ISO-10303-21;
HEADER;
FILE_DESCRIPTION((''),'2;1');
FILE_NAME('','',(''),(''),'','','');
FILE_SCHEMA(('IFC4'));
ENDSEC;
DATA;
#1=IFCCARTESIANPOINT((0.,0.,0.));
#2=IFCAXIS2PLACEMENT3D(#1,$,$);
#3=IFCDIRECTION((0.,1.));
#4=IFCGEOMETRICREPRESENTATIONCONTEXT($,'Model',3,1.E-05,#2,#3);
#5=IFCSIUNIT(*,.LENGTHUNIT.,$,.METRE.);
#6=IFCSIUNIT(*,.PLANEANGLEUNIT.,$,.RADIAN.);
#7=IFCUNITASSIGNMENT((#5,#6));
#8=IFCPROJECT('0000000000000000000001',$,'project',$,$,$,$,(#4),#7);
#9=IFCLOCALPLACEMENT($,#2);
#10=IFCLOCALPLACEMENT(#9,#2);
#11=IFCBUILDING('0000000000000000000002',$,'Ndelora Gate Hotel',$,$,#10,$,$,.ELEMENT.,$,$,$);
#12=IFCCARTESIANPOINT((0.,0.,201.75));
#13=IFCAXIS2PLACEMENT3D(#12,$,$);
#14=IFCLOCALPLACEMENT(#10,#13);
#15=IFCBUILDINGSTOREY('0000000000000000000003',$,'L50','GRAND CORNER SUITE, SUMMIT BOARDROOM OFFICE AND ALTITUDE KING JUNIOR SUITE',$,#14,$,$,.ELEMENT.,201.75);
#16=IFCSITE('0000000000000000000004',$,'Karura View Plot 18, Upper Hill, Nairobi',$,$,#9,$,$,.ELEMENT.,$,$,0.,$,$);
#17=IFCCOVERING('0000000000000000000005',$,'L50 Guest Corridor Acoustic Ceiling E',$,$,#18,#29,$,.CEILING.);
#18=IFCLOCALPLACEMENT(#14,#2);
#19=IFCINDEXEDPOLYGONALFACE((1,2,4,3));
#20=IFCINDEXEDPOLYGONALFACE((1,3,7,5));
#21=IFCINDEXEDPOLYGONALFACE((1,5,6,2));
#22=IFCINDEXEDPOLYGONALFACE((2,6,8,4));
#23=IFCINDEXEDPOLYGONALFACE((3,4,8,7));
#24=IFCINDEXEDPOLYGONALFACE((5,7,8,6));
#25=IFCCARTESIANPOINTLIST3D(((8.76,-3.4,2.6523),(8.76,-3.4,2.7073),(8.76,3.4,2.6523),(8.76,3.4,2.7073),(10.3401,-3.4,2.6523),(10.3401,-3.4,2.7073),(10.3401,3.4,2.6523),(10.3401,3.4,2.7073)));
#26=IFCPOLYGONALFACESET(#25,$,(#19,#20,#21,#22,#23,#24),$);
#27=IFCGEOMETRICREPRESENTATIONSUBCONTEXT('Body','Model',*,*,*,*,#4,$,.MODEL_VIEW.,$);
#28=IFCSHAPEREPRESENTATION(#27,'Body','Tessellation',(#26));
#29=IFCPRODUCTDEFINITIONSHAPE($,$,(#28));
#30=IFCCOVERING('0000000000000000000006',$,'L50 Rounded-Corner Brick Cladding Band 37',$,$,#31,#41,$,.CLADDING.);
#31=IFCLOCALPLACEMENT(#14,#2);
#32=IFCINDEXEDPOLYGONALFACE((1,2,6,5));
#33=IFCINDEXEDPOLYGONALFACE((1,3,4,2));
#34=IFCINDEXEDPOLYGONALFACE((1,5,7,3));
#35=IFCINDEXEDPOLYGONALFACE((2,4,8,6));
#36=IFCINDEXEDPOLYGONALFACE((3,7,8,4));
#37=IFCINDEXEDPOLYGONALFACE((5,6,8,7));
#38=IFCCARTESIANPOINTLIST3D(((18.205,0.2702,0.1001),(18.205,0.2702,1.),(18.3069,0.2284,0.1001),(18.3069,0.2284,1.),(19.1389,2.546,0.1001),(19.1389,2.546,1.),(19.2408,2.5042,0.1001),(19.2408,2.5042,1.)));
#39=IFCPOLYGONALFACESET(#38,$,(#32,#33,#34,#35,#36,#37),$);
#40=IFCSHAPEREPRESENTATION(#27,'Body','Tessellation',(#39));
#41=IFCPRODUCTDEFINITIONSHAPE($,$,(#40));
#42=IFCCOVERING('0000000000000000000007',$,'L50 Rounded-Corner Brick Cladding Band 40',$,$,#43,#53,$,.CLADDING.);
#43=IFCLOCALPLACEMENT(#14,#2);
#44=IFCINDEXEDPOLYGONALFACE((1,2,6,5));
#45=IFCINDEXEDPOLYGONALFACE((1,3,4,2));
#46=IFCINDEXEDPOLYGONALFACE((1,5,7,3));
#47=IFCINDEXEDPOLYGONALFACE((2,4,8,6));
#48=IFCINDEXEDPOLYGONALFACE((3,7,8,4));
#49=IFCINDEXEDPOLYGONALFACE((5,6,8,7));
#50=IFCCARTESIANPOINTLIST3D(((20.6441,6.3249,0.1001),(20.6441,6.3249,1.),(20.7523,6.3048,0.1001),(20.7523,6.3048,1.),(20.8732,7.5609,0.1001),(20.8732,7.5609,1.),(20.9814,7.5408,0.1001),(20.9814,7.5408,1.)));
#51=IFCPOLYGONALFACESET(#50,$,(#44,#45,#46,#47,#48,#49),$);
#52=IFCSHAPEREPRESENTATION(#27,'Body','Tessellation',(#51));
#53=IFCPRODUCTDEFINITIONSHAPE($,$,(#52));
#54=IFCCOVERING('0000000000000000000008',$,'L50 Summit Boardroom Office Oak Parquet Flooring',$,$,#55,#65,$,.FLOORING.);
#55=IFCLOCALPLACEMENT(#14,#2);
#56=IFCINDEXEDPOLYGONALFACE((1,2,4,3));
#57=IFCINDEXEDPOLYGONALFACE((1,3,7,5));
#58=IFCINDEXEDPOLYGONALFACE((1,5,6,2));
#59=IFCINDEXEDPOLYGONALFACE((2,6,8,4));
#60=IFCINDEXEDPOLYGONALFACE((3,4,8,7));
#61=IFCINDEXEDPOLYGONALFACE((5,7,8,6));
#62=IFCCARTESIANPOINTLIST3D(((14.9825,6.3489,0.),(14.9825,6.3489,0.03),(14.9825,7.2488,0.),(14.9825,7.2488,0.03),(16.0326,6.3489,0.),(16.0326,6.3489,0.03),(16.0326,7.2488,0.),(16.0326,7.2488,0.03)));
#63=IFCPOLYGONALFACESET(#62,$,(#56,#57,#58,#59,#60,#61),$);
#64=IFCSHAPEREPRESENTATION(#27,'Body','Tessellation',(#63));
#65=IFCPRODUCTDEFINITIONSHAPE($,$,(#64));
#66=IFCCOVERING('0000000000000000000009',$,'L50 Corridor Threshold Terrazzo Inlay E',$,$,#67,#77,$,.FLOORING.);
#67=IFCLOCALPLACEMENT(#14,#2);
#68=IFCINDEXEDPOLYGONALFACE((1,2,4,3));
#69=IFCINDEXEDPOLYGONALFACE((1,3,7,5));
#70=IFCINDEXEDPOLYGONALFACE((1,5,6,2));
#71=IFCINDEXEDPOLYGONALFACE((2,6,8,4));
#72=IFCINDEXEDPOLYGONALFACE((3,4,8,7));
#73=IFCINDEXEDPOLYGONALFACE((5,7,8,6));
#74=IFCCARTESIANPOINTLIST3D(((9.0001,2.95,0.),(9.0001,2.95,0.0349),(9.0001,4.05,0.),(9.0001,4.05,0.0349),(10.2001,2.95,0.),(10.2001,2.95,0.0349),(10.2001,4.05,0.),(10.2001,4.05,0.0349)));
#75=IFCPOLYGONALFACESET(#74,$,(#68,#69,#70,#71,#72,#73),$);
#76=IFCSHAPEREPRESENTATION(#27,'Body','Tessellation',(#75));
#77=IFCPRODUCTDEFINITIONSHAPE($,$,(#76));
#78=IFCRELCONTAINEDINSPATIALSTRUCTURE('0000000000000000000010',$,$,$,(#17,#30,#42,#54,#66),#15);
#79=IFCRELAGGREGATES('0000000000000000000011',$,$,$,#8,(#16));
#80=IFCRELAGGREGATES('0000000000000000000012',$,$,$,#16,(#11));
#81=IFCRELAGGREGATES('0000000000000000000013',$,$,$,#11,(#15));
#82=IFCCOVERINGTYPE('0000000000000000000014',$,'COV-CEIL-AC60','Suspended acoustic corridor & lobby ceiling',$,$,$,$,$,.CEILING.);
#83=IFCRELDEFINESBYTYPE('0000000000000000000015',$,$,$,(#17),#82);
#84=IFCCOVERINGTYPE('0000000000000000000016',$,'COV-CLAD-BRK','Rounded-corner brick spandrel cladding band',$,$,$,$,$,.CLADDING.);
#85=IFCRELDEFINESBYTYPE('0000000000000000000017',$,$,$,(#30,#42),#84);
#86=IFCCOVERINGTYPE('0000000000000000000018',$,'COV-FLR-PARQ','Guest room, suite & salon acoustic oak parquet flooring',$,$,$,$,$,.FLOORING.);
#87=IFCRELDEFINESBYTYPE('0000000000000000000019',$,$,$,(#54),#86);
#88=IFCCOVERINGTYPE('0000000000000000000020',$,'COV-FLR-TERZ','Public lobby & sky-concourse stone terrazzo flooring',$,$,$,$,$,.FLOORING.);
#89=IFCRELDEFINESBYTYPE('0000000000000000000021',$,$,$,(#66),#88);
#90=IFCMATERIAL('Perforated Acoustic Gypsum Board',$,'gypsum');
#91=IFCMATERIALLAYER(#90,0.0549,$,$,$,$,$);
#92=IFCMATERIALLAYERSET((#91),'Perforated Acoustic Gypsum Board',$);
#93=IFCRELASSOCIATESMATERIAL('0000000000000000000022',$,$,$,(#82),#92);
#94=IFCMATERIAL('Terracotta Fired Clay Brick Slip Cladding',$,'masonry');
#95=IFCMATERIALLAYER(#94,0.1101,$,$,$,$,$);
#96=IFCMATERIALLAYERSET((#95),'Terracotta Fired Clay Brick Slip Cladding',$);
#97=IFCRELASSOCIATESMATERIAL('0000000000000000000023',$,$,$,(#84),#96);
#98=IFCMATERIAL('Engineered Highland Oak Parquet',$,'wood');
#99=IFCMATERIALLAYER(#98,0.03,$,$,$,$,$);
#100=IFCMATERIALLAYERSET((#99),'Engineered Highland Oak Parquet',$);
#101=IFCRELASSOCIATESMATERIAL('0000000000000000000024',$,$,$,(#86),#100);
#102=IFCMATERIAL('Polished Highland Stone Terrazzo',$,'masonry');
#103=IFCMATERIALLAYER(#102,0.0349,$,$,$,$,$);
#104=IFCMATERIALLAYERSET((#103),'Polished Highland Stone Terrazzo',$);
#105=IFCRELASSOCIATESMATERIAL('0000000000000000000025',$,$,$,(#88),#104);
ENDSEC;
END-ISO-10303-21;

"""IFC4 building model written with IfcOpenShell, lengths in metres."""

from ifc_helpers import new_model, si_unit, direction, frame, origin, origin_2d, place, context, subcontext, project, spatial, rectangle, extrude, material, layer, layer_set, type_object, element, save


model = new_model("IFC4")

# Units and contexts
model_context = context("Model", 3, precision=1e-05, world=origin(), true_north=direction((0.0, 1.0)))
body_context = subcontext(model_context, "Body", "Model", "MODEL_VIEW")
ifc_project = project(units=[si_unit("LENGTHUNIT", "METRE"), si_unit("PLANEANGLEUNIT", "RADIAN")], contexts=[model_context])

# Site, building, storey
site_placement = place(None, origin())
site = spatial("IfcSite", under=ifc_project, at=site_placement, Name="Karura View Plot 18, Upper Hill, Nairobi", CompositionType="ELEMENT", RefElevation=0.0)
building_placement = place(site_placement, origin())
building = spatial("IfcBuilding", under=site, at=building_placement, Name="Ndelora Gate Hotel", CompositionType="ELEMENT")
storey_placement = place(building_placement, frame((0.0, 0.0, 201.75)))
storey = spatial("IfcBuildingStorey", under=building, at=storey_placement, Name="L50", Description="GRAND CORNER SUITE, SUMMIT BOARDROOM OFFICE AND ALTITUDE KING JUNIOR SUITE", CompositionType="ELEMENT", Elevation=201.75)

# Coverings
ifc_material_1 = material(Name="Perforated Acoustic Gypsum Board", Category="gypsum")
ifc_layer_1 = layer(ifc_material_1, 0.0549)
ifc_layer_set_1 = layer_set([ifc_layer_1], Name="Perforated Acoustic Gypsum Board")
covering_type_1 = type_object("IfcCoveringType", Name="COV-CEIL-AC60", Description="Suspended acoustic corridor & lobby ceiling", PredefinedType="CEILING", material=ifc_layer_set_1)
covering_1_placement = place(storey_placement, frame((9.55, 0.0, 2.6523), z_axis=(0.0, 0.0, 1.0), x_axis=(1.0, 0.0, 0.0)))
element("IfcCovering", 1, at=covering_1_placement, inside=storey, type_object=covering_type_1, Name="L50 Guest Corridor Acoustic Ceiling E", PredefinedType="CEILING", context=body_context, shape_type="SweptSolid", body=[
    extrude(rectangle(XDim=1.5801, YDim=6.8, at=origin_2d()), origin(), (0.0, 0.0, 1.0), 0.0549),
])
ifc_material_2 = material(Name="Terracotta Fired Clay Brick Slip Cladding", Category="masonry")
ifc_layer_2 = layer(ifc_material_2, 0.1101)
ifc_layer_set_2 = layer_set([ifc_layer_2], Name="Terracotta Fired Clay Brick Slip Cladding")
covering_type_2 = type_object("IfcCoveringType", Name="COV-CLAD-BRK", Description="Rounded-corner brick spandrel cladding band", PredefinedType="CLADDING", material=ifc_layer_set_2)
covering_2_placement = place(storey_placement, frame((18.7229, 1.3872, 0.1001), z_axis=(0.0, 0.0, 1.0), x_axis=(0.379618, 0.925143, 0.0)))
element("IfcCovering", 2, at=covering_2_placement, inside=storey, type_object=covering_type_2, Name="L50 Rounded-Corner Brick Cladding Band 37", PredefinedType="CLADDING", context=body_context, shape_type="SweptSolid", body=[
    extrude(rectangle(XDim=2.46, YDim=0.1101, at=origin_2d()), origin(), (0.0, 0.0, 1.0), 0.8999),
])
covering_3_placement = place(storey_placement, frame((20.8127, 6.9329, 0.1001), z_axis=(0.0, 0.0, 1.0), x_axis=(0.182236, 0.983255, 0.0)))
element("IfcCovering", 3, at=covering_3_placement, inside=storey, type_object=covering_type_2, Name="L50 Rounded-Corner Brick Cladding Band 40", PredefinedType="CLADDING", context=body_context, shape_type="SweptSolid", body=[
    extrude(rectangle(XDim=1.2571, YDim=0.1101, at=origin_2d()), origin(), (0.0, 0.0, 1.0), 0.8999),
])
ifc_material_3 = material(Name="Engineered Highland Oak Parquet", Category="wood")
ifc_layer_3 = layer(ifc_material_3, 0.03)
ifc_layer_set_3 = layer_set([ifc_layer_3], Name="Engineered Highland Oak Parquet")
covering_type_3 = type_object("IfcCoveringType", Name="COV-FLR-PARQ", Description="Guest room, suite & salon acoustic oak parquet flooring", PredefinedType="FLOORING", material=ifc_layer_set_3)
covering_4_placement = place(storey_placement, frame((15.5076, 6.7988, 0.0), z_axis=(0.0, 0.0, 1.0), x_axis=(1.0, 0.0, 0.0)))
element("IfcCovering", 4, at=covering_4_placement, inside=storey, type_object=covering_type_3, Name="L50 Summit Boardroom Office Oak Parquet Flooring", PredefinedType="FLOORING", context=body_context, shape_type="SweptSolid", body=[
    extrude(rectangle(XDim=1.05, YDim=0.8999, at=origin_2d()), origin(), (0.0, 0.0, 1.0), 0.03),
])
ifc_material_4 = material(Name="Polished Highland Stone Terrazzo", Category="masonry")
ifc_layer_4 = layer(ifc_material_4, 0.0349)
ifc_layer_set_4 = layer_set([ifc_layer_4], Name="Polished Highland Stone Terrazzo")
covering_type_4 = type_object("IfcCoveringType", Name="COV-FLR-TERZ", Description="Public lobby & sky-concourse stone terrazzo flooring", PredefinedType="FLOORING", material=ifc_layer_set_4)
covering_5_placement = place(storey_placement, frame((9.6001, 3.5, 0.0), z_axis=(0.0, 0.0, 1.0), x_axis=(1.0, 0.0, 0.0)))
element("IfcCovering", 5, at=covering_5_placement, inside=storey, type_object=covering_type_4, Name="L50 Corridor Threshold Terrazzo Inlay E", PredefinedType="FLOORING", context=body_context, shape_type="SweptSolid", body=[
    extrude(rectangle(XDim=1.2, YDim=1.1001, at=origin_2d()), origin(), (0.0, 0.0, 1.0), 0.0349),
])

save(model, "model.ifc")
